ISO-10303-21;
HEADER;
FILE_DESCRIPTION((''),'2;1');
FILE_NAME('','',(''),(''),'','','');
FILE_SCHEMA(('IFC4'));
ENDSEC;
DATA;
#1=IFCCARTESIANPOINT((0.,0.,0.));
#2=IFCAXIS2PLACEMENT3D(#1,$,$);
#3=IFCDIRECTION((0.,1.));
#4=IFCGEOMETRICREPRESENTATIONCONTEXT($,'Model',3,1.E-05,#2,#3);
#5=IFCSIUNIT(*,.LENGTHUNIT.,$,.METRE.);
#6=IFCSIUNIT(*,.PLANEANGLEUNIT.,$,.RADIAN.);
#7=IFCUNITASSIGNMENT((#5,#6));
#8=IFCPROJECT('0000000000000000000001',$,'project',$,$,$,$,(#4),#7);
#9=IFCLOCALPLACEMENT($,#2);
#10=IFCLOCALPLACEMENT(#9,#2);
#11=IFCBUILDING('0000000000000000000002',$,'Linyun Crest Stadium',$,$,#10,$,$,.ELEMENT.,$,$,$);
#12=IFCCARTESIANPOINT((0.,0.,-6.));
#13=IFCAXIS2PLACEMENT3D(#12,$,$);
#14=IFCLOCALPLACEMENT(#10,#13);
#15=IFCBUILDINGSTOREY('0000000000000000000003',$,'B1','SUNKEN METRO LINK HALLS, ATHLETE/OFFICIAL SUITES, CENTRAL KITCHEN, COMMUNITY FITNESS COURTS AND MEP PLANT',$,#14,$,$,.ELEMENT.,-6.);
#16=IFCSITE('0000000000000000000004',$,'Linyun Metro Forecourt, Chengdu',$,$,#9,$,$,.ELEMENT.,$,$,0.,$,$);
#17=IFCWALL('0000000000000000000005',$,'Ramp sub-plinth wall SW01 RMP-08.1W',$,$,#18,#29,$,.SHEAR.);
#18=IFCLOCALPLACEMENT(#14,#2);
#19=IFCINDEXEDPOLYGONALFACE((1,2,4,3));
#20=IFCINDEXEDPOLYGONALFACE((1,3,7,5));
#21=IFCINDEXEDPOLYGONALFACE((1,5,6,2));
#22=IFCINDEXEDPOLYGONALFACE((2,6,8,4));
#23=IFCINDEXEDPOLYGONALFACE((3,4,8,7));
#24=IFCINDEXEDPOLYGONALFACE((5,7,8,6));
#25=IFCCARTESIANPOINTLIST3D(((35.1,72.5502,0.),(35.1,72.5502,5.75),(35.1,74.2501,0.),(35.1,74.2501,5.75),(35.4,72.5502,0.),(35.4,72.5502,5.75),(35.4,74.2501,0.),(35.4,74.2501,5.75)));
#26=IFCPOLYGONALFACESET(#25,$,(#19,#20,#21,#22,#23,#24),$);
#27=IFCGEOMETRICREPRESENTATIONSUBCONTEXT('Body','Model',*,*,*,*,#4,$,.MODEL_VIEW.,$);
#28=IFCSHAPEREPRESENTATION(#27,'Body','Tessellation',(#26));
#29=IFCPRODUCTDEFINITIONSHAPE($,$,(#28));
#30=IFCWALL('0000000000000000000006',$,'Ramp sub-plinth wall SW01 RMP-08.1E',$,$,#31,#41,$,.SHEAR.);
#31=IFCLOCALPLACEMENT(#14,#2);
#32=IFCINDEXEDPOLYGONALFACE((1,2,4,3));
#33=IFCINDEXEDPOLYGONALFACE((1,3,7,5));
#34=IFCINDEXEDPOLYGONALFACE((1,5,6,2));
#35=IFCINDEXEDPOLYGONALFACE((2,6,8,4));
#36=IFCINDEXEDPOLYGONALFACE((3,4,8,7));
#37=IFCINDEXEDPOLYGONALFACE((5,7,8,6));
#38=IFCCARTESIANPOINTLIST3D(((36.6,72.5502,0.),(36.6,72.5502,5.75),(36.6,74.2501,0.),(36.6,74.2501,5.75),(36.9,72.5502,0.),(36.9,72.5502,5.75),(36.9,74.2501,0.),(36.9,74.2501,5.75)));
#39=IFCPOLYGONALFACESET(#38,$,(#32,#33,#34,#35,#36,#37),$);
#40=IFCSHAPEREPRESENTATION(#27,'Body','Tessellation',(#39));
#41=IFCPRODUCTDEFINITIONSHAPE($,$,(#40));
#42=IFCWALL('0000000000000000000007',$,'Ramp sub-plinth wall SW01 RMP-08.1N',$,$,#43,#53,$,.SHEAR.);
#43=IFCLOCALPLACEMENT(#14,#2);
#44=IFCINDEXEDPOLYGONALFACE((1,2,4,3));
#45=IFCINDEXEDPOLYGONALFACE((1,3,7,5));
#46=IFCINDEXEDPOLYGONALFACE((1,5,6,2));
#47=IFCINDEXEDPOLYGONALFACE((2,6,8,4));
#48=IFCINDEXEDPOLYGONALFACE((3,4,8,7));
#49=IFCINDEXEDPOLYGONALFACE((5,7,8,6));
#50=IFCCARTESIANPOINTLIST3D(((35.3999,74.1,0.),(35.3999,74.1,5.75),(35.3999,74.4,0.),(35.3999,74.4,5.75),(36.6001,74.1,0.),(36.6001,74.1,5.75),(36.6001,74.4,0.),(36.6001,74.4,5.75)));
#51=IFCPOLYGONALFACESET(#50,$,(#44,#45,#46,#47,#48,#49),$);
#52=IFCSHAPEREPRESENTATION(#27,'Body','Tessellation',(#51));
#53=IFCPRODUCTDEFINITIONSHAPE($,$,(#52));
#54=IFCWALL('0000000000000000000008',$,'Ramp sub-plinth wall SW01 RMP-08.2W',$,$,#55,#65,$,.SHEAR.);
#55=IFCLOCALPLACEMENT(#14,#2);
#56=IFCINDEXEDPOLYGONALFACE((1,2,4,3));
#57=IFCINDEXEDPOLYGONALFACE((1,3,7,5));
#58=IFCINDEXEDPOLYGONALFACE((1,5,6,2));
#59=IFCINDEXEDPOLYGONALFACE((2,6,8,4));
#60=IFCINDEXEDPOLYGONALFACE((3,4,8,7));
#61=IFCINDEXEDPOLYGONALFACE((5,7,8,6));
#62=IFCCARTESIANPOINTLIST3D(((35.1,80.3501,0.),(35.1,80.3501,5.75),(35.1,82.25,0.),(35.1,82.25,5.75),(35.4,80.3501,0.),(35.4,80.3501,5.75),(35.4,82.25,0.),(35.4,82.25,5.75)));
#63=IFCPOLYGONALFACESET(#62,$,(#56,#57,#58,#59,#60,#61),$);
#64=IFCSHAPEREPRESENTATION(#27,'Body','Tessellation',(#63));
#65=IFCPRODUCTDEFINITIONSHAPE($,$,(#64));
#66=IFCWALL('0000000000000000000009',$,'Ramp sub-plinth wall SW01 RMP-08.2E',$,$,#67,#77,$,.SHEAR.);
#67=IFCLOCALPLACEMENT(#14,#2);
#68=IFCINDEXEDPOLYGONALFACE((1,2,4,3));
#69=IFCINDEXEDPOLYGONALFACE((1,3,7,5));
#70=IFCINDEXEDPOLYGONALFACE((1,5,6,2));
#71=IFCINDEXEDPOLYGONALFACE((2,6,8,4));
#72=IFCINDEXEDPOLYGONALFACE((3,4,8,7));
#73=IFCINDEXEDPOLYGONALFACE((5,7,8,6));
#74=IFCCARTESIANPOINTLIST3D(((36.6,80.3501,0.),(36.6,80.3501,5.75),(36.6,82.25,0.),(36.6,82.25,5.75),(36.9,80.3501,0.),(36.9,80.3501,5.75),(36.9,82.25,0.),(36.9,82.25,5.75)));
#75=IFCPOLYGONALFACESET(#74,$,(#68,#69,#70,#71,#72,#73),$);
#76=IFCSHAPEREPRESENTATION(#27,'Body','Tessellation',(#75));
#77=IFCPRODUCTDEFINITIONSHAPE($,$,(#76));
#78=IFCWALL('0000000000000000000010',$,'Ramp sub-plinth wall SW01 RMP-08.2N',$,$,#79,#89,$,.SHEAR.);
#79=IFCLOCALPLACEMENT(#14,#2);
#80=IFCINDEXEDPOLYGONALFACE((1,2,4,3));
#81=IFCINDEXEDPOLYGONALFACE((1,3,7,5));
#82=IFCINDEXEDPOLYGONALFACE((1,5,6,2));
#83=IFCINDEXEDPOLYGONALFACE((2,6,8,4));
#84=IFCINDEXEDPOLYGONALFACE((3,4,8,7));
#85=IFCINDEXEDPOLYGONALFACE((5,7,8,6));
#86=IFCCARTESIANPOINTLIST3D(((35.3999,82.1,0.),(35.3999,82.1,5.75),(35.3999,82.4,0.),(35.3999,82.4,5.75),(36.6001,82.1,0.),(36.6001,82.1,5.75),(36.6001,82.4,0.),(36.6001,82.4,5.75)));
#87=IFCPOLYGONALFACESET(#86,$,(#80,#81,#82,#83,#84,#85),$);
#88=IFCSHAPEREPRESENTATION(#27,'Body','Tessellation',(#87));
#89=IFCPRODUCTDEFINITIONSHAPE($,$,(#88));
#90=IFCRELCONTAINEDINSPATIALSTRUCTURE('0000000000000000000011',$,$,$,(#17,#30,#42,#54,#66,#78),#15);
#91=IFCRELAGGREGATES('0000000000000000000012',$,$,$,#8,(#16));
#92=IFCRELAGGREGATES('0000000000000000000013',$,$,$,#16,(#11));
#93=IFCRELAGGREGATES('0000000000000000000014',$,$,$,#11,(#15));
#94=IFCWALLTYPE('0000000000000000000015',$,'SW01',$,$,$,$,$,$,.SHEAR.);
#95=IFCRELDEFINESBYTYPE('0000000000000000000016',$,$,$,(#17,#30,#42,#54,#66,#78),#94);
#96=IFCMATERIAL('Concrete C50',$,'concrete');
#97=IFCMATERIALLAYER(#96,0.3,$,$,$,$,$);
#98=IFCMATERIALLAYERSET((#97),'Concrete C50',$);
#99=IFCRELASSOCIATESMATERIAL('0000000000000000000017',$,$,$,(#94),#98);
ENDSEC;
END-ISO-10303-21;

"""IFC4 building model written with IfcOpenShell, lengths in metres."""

from ifc_helpers import new_model, si_unit, direction, frame, frame_2d, origin, place, context, subcontext, project, spatial, rectangle, extrude, material, layer, layer_set, type_object, element, save


model = new_model("IFC4")

# Units and contexts
model_context = context("Model", 3, precision=1e-05, world=origin(), true_north=direction((0.0, 1.0)))
body_context = subcontext(model_context, "Body", "Model", "MODEL_VIEW")
ifc_project = project(units=[si_unit("LENGTHUNIT", "METRE"), si_unit("PLANEANGLEUNIT", "RADIAN")], contexts=[model_context])

# Site, building, storey
site_placement = place(None, origin())
site = spatial("IfcSite", under=ifc_project, at=site_placement, Name="Linyun Metro Forecourt, Chengdu", CompositionType="ELEMENT", RefElevation=0.0)
building_placement = place(site_placement, origin())
building = spatial("IfcBuilding", under=site, at=building_placement, Name="Linyun Crest Stadium", CompositionType="ELEMENT")
storey_placement = place(building_placement, frame((0.0, 0.0, -6.0)))
storey = spatial("IfcBuildingStorey", under=building, at=storey_placement, Name="B1", Description="SUNKEN METRO LINK HALLS, ATHLETE/OFFICIAL SUITES, CENTRAL KITCHEN, COMMUNITY FITNESS COURTS AND MEP PLANT", CompositionType="ELEMENT", Elevation=-6.0)

# Walls
ifc_material_1 = material(Name="Concrete C50", Category="concrete")
ifc_layer = layer(ifc_material_1, 0.3)
ifc_layer_set = layer_set([ifc_layer], Name="Concrete C50")
wall_type = type_object("IfcWallType", Name="SW01", PredefinedType="SHEAR", material=ifc_layer_set)
for number, where, z_axis, x_axis, name in (
    (1, (35.25, 72.55, 0.0), (0.0, 0.0, 1.0), (0.0, 1.0, 0.0), "Ramp sub-plinth wall SW01 RMP-08.1W"),
    (2, (36.75, 72.55, 0.0), (0.0, 0.0, 1.0), (0.0, 1.0, 0.0), "Ramp sub-plinth wall SW01 RMP-08.1E"),
):
    element("IfcWall", number, at=place(storey_placement, frame(where, z_axis=z_axis, x_axis=x_axis)), inside=storey, type_object=wall_type, Name=name, PredefinedType="SHEAR", context=body_context, shape_type="SweptSolid", body=[
        extrude(rectangle(XDim=1.7, YDim=0.3, at=frame_2d((0.8501, 0.0))), origin(), (0.0, 0.0, 1.0), 5.75),
    ])
wall_1_placement = place(storey_placement, frame((35.3999, 74.25, 0.0), z_axis=(0.0, 0.0, 1.0), x_axis=(1.0, 0.0, 0.0)))
element("IfcWall", 3, at=wall_1_placement, inside=storey, type_object=wall_type, Name="Ramp sub-plinth wall SW01 RMP-08.1N", PredefinedType="SHEAR", context=body_context, shape_type="SweptSolid", body=[
    extrude(rectangle(XDim=1.2002, YDim=0.3, at=frame_2d((0.6001, 0.0))), origin(), (0.0, 0.0, 1.0), 5.75),
])
for number, where, z_axis, x_axis, name in (
    (4, (35.25, 80.3501, 0.0), (0.0, 0.0, 1.0), (0.0, 1.0, 0.0), "Ramp sub-plinth wall SW01 RMP-08.2W"),
    (5, (36.75, 80.3501, 0.0), (0.0, 0.0, 1.0), (0.0, 1.0, 0.0), "Ramp sub-plinth wall SW01 RMP-08.2E"),
):
    element("IfcWall", number, at=place(storey_placement, frame(where, z_axis=z_axis, x_axis=x_axis)), inside=storey, type_object=wall_type, Name=name, PredefinedType="SHEAR", context=body_context, shape_type="SweptSolid", body=[
        extrude(rectangle(XDim=1.8999, YDim=0.3, at=frame_2d((0.95, 0.0))), origin(), (0.0, 0.0, 1.0), 5.75),
    ])
wall_2_placement = place(storey_placement, frame((35.3999, 82.25, 0.0), z_axis=(0.0, 0.0, 1.0), x_axis=(1.0, 0.0, 0.0)))
element("IfcWall", 6, at=wall_2_placement, inside=storey, type_object=wall_type, Name="Ramp sub-plinth wall SW01 RMP-08.2N", PredefinedType="SHEAR", context=body_context, shape_type="SweptSolid", body=[
    extrude(rectangle(XDim=1.2002, YDim=0.3, at=frame_2d((0.6001, 0.0))), origin(), (0.0, 0.0, 1.0), 5.75),
])

save(model, "model.ifc")
